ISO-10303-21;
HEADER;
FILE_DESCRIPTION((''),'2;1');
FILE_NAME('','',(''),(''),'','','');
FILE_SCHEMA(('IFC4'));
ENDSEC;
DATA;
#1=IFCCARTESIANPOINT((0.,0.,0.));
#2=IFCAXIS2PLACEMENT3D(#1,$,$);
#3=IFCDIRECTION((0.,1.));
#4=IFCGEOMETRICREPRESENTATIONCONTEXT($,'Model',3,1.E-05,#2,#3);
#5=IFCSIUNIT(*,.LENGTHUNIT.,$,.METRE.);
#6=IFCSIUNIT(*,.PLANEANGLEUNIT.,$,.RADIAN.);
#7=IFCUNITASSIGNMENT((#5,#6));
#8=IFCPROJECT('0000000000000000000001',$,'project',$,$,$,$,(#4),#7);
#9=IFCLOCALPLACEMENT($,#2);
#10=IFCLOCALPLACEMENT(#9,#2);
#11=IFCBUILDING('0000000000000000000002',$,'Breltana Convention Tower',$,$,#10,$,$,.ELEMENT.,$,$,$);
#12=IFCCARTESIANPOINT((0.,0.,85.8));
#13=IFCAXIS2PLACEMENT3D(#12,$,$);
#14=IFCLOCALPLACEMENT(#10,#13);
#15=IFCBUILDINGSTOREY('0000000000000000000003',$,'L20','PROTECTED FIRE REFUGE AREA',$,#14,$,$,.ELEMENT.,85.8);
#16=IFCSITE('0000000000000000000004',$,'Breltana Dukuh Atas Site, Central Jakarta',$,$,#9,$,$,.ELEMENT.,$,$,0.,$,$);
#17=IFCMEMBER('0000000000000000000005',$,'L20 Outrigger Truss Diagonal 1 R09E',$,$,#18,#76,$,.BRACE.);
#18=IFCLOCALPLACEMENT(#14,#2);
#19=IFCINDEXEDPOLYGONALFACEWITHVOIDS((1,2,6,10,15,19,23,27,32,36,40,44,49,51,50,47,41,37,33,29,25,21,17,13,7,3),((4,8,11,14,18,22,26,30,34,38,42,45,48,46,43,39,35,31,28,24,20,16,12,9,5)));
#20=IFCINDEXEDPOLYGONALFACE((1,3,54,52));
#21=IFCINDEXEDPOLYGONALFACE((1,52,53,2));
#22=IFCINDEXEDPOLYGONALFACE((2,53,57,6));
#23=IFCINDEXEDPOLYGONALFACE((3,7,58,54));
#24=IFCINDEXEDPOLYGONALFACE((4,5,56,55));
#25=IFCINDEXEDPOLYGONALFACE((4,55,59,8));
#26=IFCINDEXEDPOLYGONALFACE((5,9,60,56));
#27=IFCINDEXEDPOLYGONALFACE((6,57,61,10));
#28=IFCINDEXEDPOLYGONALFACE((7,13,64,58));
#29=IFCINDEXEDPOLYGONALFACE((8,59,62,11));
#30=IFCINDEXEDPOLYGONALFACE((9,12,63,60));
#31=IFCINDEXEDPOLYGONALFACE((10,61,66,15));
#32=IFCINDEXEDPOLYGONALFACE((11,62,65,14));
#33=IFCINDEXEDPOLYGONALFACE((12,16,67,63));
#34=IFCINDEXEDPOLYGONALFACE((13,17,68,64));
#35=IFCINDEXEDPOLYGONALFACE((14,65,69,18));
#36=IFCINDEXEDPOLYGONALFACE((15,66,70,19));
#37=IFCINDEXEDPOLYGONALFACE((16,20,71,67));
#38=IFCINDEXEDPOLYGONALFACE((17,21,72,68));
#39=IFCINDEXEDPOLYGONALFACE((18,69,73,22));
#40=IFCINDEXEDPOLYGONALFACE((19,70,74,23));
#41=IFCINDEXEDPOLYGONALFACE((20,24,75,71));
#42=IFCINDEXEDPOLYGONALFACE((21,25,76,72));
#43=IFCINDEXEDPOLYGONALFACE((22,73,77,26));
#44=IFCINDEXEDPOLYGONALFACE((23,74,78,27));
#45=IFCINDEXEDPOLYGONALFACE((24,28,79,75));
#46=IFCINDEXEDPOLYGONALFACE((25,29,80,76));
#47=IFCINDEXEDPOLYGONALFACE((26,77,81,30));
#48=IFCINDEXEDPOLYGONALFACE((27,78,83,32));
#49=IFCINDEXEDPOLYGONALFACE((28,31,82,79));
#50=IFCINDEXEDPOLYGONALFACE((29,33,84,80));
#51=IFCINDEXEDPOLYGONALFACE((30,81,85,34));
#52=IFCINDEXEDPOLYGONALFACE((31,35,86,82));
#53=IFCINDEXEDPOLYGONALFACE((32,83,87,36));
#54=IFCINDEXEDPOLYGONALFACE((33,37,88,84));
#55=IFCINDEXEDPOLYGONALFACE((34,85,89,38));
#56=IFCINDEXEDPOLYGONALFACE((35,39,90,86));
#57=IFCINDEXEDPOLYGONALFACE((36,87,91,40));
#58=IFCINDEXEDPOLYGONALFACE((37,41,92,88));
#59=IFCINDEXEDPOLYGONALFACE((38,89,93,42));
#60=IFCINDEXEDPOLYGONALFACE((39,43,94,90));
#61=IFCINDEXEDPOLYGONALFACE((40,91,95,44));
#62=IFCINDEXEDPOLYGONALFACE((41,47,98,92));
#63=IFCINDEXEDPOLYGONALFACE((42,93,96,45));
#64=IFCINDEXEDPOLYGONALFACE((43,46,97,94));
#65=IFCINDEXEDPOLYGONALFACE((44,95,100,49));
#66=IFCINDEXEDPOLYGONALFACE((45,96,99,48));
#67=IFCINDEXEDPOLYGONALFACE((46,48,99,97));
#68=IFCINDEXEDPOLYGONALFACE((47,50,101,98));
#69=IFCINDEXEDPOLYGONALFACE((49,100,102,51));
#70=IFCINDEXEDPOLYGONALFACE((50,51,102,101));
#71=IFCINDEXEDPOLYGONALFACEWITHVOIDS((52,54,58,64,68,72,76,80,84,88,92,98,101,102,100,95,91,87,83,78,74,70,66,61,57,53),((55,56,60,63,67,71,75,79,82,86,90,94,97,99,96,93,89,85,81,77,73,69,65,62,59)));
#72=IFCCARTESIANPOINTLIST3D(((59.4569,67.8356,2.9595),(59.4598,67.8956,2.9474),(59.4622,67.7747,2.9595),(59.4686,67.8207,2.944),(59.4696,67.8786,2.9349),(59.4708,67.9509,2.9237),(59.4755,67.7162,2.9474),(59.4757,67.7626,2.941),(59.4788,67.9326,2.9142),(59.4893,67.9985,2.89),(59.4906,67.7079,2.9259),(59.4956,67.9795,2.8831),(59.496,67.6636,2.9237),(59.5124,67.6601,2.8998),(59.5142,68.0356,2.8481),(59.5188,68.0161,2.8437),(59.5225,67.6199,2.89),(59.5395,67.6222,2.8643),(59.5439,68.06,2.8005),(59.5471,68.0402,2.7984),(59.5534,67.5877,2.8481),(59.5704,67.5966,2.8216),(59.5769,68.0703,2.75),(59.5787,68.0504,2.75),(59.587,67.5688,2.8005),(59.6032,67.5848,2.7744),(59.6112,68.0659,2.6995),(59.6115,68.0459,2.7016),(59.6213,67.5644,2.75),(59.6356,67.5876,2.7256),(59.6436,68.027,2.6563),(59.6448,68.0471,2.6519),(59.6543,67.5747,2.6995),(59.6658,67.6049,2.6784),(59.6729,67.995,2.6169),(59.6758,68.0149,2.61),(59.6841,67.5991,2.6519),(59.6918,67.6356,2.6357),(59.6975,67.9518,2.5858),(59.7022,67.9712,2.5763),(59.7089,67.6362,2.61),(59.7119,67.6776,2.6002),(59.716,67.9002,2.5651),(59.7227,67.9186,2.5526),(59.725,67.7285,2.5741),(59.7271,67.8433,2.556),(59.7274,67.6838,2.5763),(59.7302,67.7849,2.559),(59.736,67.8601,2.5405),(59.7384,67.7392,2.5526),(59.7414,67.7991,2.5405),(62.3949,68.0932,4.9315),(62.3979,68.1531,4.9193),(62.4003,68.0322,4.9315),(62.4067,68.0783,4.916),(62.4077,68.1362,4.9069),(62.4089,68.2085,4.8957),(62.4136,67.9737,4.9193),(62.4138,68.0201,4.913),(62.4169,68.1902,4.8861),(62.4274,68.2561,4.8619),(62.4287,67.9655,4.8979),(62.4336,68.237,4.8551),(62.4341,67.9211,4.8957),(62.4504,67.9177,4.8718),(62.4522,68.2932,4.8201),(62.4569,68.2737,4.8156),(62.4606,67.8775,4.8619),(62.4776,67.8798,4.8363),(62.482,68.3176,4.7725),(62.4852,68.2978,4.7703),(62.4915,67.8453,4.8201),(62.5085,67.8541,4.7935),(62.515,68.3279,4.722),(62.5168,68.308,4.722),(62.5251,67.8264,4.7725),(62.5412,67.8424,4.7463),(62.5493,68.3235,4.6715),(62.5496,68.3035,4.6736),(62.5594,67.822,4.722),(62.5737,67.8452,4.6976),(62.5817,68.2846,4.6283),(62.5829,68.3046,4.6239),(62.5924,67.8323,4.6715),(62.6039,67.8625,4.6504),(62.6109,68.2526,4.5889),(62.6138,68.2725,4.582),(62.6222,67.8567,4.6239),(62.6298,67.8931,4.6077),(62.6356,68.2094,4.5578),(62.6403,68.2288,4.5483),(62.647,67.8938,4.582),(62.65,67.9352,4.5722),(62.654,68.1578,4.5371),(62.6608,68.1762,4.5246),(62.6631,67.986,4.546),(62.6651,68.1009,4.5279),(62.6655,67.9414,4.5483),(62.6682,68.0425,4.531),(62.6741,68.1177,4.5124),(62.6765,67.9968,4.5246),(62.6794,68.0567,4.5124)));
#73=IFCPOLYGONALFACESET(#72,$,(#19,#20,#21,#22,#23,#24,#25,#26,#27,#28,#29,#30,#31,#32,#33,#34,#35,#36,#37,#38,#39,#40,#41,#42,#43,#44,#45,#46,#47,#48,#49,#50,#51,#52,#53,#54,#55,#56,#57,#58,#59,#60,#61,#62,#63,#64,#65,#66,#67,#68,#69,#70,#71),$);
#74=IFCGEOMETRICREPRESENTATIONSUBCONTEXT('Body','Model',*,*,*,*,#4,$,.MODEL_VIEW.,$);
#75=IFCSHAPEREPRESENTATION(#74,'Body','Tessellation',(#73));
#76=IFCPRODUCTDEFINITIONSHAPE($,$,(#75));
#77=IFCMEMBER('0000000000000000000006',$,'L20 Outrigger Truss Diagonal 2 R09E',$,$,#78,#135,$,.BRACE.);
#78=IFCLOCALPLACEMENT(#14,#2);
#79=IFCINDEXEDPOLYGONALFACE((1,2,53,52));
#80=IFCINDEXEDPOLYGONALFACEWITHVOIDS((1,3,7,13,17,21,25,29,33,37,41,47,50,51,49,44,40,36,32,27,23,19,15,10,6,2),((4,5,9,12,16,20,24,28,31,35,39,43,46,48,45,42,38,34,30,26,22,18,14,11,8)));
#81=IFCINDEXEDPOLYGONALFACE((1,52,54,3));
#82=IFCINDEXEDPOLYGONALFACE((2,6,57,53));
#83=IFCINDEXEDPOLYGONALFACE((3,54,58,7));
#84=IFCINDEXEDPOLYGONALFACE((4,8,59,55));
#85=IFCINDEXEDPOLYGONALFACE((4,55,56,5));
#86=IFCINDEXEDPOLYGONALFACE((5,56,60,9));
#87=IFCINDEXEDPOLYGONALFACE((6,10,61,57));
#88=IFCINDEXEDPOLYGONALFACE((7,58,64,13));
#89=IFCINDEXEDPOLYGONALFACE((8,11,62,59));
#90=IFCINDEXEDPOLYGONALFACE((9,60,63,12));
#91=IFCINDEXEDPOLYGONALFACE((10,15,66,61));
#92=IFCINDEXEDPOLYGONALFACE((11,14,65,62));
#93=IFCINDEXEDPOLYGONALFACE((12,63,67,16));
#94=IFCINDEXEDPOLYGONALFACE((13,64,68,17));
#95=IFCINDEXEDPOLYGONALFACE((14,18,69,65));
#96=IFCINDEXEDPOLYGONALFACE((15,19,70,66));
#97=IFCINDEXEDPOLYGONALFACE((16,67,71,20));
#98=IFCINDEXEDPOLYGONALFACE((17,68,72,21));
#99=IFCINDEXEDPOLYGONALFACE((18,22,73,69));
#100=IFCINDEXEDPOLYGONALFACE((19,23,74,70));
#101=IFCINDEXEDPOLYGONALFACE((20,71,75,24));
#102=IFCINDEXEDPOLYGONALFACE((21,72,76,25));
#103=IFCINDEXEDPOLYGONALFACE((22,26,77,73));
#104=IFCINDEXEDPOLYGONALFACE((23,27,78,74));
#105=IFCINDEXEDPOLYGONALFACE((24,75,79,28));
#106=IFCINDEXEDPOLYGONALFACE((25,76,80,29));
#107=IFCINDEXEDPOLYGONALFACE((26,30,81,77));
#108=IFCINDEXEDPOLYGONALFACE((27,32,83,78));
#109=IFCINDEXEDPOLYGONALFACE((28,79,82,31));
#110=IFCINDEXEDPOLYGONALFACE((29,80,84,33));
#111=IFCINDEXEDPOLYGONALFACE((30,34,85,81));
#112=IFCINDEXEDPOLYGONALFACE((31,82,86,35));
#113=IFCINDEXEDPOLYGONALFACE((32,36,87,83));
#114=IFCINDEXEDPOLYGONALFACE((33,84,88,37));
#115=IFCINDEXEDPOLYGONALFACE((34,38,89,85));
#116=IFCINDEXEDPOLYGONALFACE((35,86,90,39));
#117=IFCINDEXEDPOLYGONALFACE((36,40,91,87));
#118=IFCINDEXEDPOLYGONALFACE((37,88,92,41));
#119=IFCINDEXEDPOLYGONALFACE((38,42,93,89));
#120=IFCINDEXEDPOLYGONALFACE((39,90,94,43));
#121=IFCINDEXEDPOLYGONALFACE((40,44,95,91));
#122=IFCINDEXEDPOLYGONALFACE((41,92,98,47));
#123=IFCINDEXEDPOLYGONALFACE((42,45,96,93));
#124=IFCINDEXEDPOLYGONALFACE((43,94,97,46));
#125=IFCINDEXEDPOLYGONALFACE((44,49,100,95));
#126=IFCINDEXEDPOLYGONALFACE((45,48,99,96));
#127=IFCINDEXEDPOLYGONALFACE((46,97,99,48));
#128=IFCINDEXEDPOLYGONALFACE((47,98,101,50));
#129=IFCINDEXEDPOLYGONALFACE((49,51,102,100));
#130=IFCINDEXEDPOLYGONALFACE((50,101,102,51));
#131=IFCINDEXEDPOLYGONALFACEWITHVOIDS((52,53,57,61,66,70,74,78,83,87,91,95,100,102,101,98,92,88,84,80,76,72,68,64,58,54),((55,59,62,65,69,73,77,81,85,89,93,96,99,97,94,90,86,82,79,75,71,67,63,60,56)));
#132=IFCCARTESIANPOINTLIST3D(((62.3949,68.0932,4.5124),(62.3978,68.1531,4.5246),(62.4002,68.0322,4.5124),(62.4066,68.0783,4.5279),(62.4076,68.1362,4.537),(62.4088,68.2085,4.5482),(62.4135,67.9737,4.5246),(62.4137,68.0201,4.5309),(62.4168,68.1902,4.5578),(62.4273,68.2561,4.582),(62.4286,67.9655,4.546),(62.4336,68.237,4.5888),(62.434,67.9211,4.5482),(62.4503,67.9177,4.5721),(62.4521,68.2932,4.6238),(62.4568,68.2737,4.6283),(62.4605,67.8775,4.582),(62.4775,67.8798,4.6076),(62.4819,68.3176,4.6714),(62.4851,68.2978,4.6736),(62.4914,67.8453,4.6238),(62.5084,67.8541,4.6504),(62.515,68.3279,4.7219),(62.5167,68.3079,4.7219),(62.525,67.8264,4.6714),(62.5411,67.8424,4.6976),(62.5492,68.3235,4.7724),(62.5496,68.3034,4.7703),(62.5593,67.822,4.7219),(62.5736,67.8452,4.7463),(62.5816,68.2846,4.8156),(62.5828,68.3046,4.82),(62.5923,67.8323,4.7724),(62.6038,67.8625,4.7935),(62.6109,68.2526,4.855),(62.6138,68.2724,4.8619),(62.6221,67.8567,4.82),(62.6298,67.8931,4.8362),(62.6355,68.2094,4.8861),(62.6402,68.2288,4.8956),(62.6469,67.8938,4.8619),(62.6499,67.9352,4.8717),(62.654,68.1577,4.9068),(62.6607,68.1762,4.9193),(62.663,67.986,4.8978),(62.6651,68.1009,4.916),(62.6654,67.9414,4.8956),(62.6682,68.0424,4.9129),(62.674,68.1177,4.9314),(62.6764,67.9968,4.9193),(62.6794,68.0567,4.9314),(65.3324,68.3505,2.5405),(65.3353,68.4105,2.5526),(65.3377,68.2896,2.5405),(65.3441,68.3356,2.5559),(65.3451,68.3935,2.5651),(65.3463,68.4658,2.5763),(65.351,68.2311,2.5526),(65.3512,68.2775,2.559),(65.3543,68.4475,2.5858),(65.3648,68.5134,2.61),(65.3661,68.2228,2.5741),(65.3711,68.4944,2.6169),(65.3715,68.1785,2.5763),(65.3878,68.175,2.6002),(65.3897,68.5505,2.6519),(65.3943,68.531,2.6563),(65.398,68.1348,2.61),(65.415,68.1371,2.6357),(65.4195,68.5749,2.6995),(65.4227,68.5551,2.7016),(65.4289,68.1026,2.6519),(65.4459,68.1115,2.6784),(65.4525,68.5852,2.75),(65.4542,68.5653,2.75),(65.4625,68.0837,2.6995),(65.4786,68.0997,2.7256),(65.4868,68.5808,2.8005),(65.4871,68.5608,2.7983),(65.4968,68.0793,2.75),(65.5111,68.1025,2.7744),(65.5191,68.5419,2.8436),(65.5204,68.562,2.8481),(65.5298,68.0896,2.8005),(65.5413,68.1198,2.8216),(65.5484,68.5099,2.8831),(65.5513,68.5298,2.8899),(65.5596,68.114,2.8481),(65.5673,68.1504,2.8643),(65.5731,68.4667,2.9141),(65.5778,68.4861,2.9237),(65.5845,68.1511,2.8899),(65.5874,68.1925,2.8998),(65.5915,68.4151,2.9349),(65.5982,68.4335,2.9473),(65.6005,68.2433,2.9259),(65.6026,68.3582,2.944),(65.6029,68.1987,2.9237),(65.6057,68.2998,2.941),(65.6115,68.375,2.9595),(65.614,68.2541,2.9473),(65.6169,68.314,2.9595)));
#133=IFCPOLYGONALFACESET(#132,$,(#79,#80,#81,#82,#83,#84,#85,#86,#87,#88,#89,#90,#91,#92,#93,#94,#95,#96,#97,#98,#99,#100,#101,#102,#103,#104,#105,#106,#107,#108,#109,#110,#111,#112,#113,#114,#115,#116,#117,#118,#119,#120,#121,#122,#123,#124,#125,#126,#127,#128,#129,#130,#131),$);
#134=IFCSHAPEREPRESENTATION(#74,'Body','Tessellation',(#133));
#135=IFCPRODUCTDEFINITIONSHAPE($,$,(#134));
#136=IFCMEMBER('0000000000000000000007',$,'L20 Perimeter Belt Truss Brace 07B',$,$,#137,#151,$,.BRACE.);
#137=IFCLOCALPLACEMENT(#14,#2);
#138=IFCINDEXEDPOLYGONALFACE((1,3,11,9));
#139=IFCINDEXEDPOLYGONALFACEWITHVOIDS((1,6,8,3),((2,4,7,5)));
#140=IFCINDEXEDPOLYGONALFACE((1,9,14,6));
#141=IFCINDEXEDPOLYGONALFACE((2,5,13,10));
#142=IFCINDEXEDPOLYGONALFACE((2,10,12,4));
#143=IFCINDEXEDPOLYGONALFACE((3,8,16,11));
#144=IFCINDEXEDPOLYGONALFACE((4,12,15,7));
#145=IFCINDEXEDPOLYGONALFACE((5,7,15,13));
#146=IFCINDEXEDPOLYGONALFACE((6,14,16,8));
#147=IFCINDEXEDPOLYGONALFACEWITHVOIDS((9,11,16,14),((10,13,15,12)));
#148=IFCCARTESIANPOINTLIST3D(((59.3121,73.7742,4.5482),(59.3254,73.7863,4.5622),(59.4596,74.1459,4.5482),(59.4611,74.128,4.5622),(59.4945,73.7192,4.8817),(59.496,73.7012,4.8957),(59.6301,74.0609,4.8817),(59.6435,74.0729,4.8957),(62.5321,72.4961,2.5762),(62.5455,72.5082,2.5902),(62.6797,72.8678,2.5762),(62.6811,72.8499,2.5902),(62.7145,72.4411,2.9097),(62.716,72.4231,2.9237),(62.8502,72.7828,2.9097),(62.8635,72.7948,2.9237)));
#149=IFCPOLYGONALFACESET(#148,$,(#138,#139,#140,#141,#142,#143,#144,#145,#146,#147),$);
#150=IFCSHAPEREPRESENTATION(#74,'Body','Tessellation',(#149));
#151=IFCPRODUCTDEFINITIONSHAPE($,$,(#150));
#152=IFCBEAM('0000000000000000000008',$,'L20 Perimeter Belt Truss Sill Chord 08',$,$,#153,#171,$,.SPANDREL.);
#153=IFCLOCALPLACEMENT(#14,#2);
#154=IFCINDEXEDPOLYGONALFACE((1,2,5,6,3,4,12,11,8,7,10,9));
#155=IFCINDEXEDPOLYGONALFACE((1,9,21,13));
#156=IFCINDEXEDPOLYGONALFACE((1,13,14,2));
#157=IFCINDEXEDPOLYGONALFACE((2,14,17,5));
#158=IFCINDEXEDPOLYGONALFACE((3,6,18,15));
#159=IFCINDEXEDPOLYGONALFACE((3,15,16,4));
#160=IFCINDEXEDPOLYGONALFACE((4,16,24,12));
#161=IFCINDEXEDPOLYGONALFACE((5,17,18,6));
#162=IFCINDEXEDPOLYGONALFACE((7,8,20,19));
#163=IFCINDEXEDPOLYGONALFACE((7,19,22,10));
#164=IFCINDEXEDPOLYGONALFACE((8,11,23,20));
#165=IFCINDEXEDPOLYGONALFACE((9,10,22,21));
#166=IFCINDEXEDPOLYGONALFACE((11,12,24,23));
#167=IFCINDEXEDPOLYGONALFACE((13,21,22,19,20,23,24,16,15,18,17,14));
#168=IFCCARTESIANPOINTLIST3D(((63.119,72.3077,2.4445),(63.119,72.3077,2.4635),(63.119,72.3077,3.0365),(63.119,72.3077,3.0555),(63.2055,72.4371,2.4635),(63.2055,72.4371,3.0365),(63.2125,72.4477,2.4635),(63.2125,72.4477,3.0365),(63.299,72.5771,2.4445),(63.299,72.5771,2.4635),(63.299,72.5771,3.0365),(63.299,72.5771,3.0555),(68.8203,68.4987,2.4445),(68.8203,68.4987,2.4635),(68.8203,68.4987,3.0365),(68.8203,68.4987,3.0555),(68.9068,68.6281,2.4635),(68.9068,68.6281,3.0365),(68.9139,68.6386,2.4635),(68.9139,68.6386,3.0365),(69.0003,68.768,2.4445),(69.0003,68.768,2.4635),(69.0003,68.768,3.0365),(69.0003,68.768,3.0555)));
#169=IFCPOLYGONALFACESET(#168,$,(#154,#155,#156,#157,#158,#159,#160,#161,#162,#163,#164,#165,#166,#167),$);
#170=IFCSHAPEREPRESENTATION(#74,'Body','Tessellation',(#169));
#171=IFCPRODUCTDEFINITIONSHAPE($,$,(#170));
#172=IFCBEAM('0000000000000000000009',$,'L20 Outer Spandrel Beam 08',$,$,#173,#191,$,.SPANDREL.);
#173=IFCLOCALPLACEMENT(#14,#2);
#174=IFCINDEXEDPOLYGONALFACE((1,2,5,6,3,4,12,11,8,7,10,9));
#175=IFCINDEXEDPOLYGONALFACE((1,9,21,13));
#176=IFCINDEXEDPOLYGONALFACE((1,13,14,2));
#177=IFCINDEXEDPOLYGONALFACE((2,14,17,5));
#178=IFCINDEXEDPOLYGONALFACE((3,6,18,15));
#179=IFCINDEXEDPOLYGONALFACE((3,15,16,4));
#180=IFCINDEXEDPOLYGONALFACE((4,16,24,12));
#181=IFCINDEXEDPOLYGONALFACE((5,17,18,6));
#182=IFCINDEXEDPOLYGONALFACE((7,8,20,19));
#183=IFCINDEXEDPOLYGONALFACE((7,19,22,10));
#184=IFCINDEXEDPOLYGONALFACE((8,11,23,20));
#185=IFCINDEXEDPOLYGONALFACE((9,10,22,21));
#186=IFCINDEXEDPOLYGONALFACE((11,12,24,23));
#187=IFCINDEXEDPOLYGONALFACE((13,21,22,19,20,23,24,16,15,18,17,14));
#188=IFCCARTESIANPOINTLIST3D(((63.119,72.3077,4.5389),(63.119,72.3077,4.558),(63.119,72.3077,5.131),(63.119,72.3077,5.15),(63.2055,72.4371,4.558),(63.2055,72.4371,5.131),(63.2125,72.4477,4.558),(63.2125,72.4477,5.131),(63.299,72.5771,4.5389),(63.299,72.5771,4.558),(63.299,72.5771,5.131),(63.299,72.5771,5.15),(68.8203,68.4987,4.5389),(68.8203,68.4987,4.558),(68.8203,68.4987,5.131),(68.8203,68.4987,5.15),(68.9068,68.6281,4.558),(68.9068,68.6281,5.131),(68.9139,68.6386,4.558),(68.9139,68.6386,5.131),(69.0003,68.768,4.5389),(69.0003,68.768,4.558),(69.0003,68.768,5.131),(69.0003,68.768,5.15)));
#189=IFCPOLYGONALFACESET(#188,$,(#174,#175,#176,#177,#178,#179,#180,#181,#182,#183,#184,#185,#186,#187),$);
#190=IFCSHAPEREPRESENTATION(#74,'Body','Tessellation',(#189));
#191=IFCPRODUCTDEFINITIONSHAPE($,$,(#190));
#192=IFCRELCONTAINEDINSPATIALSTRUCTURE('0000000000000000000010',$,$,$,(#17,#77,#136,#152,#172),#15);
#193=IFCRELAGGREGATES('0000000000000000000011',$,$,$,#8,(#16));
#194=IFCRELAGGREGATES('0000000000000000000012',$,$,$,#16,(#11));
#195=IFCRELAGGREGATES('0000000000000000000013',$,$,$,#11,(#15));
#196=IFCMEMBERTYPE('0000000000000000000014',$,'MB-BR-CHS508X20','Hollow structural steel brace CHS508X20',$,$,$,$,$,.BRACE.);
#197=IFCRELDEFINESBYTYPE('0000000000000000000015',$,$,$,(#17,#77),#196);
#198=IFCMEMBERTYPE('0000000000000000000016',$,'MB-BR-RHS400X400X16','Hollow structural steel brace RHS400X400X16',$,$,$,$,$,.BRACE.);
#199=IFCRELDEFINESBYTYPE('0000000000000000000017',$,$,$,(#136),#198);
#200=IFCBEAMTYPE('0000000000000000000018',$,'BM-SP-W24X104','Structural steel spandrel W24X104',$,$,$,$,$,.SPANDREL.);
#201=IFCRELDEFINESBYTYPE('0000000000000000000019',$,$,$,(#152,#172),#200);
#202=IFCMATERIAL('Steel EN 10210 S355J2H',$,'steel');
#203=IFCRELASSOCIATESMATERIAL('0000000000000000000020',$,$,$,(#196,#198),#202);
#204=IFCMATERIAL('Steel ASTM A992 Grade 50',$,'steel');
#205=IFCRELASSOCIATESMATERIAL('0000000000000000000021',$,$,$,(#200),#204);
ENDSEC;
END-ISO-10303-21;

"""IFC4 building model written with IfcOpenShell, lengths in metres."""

from ifc_helpers import new_model, si_unit, direction, frame, origin, origin_2d, place, context, subcontext, project, spatial, hollow_rectangle, hollow_circle, i_section, extrude, source, transform, mapped, material, material_profile, profile_set, type_object, element, save


model = new_model("IFC4")

# Units and contexts
model_context = context("Model", 3, precision=1e-05, world=origin(), true_north=direction((0.0, 1.0)))
body_context = subcontext(model_context, "Body", "Model", "MODEL_VIEW")
ifc_project = project(units=[si_unit("LENGTHUNIT", "METRE"), si_unit("PLANEANGLEUNIT", "RADIAN")], contexts=[model_context])

# Site, building, storey
site_placement = place(None, origin())
site = spatial("IfcSite", under=ifc_project, at=site_placement, Name="Breltana Dukuh Atas Site, Central Jakarta", CompositionType="ELEMENT", RefElevation=0.0)
building_placement = place(site_placement, origin())
building = spatial("IfcBuilding", under=site, at=building_placement, Name="Breltana Convention Tower", CompositionType="ELEMENT")
storey_placement = place(building_placement, frame((0.0, 0.0, 85.8)))
storey = spatial("IfcBuildingStorey", under=building, at=storey_placement, Name="L20", Description="PROTECTED FIRE REFUGE AREA", CompositionType="ELEMENT", Elevation=85.8)

# Members
ifc_material_1 = material(Name="Steel EN 10210 S355J2H", Category="steel")
ifc_material_profile_1 = material_profile(ifc_material_1, hollow_circle(Radius=0.2539, WallThickness=0.02, at=origin_2d()), Name="CHS508X20")
ifc_profile_set_1 = profile_set([ifc_material_profile_1], Name="Steel EN 10210 S355J2H")
member_type_1 = type_object("IfcMemberType", Name="MB-BR-CHS508X20", Description="Hollow structural steel brace CHS508X20", PredefinedType="BRACE", material=ifc_profile_set_1)
shared_shape_1 = source(origin(), body_context, "Body", "SweptSolid", [
    extrude(hollow_circle(Radius=0.2539, WallThickness=0.02, at=origin_2d()), origin(), (0.0, 0.0, 1.0), 3.5479),
])
member_1_placement = place(storey_placement, frame((59.5991, 67.8174, 2.75), z_axis=(0.828125, 0.0726, 0.555822), x_axis=(-0.087333, 0.996179, 0.0)))
element("IfcMember", 1, at=member_1_placement, inside=storey, type_object=member_type_1, Name="L20 Outrigger Truss Diagonal 1 R09E", PredefinedType="BRACE", context=body_context, shape_type="MappedRepresentation", body=[
    mapped(shared_shape_1, transform((0.0, 0.0, 0.0), scale=1.0)),
])
shared_shape_2 = source(origin(), body_context, "Body", "SweptSolid", [
    extrude(hollow_circle(Radius=0.2539, WallThickness=0.02, at=origin_2d()), origin(), (0.0, 0.0, 1.0), 3.5474),
])
member_2_placement = place(storey_placement, frame((62.5371, 68.075, 4.7219), z_axis=(0.828086, 0.07254, -0.555888), x_axis=(-0.087266, 0.996185, 0.0)))
element("IfcMember", 2, at=member_2_placement, inside=storey, type_object=member_type_1, Name="L20 Outrigger Truss Diagonal 2 R09E", PredefinedType="BRACE", context=body_context, shape_type="MappedRepresentation", body=[
    mapped(shared_shape_2, transform((0.0, 0.0, 0.0), scale=1.0)),
])
ifc_material_profile_2 = material_profile(ifc_material_1, hollow_rectangle(XDim=0.3999, YDim=0.3999, WallThickness=0.0161, at=origin_2d()), Name="RHS400X400X16")
ifc_profile_set_2 = profile_set([ifc_material_profile_2], Name="Steel EN 10210 S355J2H")
member_type_2 = type_object("IfcMemberType", Name="MB-BR-RHS400X400X16", Description="Hollow structural steel brace RHS400X400X16", PredefinedType="BRACE", material=ifc_profile_set_2)
shared_shape_3 = source(origin(), body_context, "Body", "SweptSolid", [
    extrude(hollow_rectangle(XDim=0.3999, YDim=0.3999, WallThickness=0.0161, at=origin_2d()), origin(), (0.0, 0.0, 1.0), 3.9863),
])
member_3_placement = place(storey_placement, frame((59.4778, 73.9236, 4.7219), z_axis=(0.80777, -0.320621, -0.494682), x_axis=(0.368923, 0.92946, 0.0)))
element("IfcMember", 3, at=member_3_placement, inside=storey, type_object=member_type_2, Name="L20 Perimeter Belt Truss Brace 07B", PredefinedType="BRACE", context=body_context, shape_type="MappedRepresentation", body=[
    mapped(shared_shape_3, transform((0.0, 0.0, 0.0), scale=1.0)),
])

# Beams
ifc_material_2 = material(Name="Steel ASTM A992 Grade 50", Category="steel")
ifc_material_profile_3 = material_profile(ifc_material_2, i_section(OverallWidth=0.324, OverallDepth=0.6111, WebThickness=0.0127, FlangeThickness=0.019, at=origin_2d()), Name="W24X104")
ifc_profile_set_3 = profile_set([ifc_material_profile_3], Name="Steel ASTM A992 Grade 50")
beam_type = type_object("IfcBeamType", Name="BM-SP-W24X104", Description="Structural steel spandrel W24X104", PredefinedType="SPANDREL", material=ifc_profile_set_3)
shared_shape_4 = source(origin(), body_context, "Body", "SweptSolid", [
    extrude(i_section(OverallWidth=0.324, OverallDepth=0.6111, WebThickness=0.0127, FlangeThickness=0.019, at=origin_2d()), origin(), (0.0, 0.0, 1.0), 6.8567),
])
for number, where, z_axis, x_axis, name in (
    (4, (63.209, 72.4424, 2.75), (0.831502, -0.555522, 0.0), (0.555522, 0.831502, 0.0), "L20 Perimeter Belt Truss Sill Chord 08"),
    (5, (63.209, 72.4424, 4.8445), (0.831502, -0.555522, 0.0), (0.555522, 0.831502, 0.0), "L20 Outer Spandrel Beam 08"),
):
    element("IfcBeam", number, at=place(storey_placement, frame(where, z_axis=z_axis, x_axis=x_axis)), inside=storey, type_object=beam_type, Name=name, PredefinedType="SPANDREL", context=body_context, shape_type="MappedRepresentation", body=[
        mapped(shared_shape_4, transform((0.0, 0.0, 0.0), scale=1.0)),
    ])

save(model, "model.ifc")
